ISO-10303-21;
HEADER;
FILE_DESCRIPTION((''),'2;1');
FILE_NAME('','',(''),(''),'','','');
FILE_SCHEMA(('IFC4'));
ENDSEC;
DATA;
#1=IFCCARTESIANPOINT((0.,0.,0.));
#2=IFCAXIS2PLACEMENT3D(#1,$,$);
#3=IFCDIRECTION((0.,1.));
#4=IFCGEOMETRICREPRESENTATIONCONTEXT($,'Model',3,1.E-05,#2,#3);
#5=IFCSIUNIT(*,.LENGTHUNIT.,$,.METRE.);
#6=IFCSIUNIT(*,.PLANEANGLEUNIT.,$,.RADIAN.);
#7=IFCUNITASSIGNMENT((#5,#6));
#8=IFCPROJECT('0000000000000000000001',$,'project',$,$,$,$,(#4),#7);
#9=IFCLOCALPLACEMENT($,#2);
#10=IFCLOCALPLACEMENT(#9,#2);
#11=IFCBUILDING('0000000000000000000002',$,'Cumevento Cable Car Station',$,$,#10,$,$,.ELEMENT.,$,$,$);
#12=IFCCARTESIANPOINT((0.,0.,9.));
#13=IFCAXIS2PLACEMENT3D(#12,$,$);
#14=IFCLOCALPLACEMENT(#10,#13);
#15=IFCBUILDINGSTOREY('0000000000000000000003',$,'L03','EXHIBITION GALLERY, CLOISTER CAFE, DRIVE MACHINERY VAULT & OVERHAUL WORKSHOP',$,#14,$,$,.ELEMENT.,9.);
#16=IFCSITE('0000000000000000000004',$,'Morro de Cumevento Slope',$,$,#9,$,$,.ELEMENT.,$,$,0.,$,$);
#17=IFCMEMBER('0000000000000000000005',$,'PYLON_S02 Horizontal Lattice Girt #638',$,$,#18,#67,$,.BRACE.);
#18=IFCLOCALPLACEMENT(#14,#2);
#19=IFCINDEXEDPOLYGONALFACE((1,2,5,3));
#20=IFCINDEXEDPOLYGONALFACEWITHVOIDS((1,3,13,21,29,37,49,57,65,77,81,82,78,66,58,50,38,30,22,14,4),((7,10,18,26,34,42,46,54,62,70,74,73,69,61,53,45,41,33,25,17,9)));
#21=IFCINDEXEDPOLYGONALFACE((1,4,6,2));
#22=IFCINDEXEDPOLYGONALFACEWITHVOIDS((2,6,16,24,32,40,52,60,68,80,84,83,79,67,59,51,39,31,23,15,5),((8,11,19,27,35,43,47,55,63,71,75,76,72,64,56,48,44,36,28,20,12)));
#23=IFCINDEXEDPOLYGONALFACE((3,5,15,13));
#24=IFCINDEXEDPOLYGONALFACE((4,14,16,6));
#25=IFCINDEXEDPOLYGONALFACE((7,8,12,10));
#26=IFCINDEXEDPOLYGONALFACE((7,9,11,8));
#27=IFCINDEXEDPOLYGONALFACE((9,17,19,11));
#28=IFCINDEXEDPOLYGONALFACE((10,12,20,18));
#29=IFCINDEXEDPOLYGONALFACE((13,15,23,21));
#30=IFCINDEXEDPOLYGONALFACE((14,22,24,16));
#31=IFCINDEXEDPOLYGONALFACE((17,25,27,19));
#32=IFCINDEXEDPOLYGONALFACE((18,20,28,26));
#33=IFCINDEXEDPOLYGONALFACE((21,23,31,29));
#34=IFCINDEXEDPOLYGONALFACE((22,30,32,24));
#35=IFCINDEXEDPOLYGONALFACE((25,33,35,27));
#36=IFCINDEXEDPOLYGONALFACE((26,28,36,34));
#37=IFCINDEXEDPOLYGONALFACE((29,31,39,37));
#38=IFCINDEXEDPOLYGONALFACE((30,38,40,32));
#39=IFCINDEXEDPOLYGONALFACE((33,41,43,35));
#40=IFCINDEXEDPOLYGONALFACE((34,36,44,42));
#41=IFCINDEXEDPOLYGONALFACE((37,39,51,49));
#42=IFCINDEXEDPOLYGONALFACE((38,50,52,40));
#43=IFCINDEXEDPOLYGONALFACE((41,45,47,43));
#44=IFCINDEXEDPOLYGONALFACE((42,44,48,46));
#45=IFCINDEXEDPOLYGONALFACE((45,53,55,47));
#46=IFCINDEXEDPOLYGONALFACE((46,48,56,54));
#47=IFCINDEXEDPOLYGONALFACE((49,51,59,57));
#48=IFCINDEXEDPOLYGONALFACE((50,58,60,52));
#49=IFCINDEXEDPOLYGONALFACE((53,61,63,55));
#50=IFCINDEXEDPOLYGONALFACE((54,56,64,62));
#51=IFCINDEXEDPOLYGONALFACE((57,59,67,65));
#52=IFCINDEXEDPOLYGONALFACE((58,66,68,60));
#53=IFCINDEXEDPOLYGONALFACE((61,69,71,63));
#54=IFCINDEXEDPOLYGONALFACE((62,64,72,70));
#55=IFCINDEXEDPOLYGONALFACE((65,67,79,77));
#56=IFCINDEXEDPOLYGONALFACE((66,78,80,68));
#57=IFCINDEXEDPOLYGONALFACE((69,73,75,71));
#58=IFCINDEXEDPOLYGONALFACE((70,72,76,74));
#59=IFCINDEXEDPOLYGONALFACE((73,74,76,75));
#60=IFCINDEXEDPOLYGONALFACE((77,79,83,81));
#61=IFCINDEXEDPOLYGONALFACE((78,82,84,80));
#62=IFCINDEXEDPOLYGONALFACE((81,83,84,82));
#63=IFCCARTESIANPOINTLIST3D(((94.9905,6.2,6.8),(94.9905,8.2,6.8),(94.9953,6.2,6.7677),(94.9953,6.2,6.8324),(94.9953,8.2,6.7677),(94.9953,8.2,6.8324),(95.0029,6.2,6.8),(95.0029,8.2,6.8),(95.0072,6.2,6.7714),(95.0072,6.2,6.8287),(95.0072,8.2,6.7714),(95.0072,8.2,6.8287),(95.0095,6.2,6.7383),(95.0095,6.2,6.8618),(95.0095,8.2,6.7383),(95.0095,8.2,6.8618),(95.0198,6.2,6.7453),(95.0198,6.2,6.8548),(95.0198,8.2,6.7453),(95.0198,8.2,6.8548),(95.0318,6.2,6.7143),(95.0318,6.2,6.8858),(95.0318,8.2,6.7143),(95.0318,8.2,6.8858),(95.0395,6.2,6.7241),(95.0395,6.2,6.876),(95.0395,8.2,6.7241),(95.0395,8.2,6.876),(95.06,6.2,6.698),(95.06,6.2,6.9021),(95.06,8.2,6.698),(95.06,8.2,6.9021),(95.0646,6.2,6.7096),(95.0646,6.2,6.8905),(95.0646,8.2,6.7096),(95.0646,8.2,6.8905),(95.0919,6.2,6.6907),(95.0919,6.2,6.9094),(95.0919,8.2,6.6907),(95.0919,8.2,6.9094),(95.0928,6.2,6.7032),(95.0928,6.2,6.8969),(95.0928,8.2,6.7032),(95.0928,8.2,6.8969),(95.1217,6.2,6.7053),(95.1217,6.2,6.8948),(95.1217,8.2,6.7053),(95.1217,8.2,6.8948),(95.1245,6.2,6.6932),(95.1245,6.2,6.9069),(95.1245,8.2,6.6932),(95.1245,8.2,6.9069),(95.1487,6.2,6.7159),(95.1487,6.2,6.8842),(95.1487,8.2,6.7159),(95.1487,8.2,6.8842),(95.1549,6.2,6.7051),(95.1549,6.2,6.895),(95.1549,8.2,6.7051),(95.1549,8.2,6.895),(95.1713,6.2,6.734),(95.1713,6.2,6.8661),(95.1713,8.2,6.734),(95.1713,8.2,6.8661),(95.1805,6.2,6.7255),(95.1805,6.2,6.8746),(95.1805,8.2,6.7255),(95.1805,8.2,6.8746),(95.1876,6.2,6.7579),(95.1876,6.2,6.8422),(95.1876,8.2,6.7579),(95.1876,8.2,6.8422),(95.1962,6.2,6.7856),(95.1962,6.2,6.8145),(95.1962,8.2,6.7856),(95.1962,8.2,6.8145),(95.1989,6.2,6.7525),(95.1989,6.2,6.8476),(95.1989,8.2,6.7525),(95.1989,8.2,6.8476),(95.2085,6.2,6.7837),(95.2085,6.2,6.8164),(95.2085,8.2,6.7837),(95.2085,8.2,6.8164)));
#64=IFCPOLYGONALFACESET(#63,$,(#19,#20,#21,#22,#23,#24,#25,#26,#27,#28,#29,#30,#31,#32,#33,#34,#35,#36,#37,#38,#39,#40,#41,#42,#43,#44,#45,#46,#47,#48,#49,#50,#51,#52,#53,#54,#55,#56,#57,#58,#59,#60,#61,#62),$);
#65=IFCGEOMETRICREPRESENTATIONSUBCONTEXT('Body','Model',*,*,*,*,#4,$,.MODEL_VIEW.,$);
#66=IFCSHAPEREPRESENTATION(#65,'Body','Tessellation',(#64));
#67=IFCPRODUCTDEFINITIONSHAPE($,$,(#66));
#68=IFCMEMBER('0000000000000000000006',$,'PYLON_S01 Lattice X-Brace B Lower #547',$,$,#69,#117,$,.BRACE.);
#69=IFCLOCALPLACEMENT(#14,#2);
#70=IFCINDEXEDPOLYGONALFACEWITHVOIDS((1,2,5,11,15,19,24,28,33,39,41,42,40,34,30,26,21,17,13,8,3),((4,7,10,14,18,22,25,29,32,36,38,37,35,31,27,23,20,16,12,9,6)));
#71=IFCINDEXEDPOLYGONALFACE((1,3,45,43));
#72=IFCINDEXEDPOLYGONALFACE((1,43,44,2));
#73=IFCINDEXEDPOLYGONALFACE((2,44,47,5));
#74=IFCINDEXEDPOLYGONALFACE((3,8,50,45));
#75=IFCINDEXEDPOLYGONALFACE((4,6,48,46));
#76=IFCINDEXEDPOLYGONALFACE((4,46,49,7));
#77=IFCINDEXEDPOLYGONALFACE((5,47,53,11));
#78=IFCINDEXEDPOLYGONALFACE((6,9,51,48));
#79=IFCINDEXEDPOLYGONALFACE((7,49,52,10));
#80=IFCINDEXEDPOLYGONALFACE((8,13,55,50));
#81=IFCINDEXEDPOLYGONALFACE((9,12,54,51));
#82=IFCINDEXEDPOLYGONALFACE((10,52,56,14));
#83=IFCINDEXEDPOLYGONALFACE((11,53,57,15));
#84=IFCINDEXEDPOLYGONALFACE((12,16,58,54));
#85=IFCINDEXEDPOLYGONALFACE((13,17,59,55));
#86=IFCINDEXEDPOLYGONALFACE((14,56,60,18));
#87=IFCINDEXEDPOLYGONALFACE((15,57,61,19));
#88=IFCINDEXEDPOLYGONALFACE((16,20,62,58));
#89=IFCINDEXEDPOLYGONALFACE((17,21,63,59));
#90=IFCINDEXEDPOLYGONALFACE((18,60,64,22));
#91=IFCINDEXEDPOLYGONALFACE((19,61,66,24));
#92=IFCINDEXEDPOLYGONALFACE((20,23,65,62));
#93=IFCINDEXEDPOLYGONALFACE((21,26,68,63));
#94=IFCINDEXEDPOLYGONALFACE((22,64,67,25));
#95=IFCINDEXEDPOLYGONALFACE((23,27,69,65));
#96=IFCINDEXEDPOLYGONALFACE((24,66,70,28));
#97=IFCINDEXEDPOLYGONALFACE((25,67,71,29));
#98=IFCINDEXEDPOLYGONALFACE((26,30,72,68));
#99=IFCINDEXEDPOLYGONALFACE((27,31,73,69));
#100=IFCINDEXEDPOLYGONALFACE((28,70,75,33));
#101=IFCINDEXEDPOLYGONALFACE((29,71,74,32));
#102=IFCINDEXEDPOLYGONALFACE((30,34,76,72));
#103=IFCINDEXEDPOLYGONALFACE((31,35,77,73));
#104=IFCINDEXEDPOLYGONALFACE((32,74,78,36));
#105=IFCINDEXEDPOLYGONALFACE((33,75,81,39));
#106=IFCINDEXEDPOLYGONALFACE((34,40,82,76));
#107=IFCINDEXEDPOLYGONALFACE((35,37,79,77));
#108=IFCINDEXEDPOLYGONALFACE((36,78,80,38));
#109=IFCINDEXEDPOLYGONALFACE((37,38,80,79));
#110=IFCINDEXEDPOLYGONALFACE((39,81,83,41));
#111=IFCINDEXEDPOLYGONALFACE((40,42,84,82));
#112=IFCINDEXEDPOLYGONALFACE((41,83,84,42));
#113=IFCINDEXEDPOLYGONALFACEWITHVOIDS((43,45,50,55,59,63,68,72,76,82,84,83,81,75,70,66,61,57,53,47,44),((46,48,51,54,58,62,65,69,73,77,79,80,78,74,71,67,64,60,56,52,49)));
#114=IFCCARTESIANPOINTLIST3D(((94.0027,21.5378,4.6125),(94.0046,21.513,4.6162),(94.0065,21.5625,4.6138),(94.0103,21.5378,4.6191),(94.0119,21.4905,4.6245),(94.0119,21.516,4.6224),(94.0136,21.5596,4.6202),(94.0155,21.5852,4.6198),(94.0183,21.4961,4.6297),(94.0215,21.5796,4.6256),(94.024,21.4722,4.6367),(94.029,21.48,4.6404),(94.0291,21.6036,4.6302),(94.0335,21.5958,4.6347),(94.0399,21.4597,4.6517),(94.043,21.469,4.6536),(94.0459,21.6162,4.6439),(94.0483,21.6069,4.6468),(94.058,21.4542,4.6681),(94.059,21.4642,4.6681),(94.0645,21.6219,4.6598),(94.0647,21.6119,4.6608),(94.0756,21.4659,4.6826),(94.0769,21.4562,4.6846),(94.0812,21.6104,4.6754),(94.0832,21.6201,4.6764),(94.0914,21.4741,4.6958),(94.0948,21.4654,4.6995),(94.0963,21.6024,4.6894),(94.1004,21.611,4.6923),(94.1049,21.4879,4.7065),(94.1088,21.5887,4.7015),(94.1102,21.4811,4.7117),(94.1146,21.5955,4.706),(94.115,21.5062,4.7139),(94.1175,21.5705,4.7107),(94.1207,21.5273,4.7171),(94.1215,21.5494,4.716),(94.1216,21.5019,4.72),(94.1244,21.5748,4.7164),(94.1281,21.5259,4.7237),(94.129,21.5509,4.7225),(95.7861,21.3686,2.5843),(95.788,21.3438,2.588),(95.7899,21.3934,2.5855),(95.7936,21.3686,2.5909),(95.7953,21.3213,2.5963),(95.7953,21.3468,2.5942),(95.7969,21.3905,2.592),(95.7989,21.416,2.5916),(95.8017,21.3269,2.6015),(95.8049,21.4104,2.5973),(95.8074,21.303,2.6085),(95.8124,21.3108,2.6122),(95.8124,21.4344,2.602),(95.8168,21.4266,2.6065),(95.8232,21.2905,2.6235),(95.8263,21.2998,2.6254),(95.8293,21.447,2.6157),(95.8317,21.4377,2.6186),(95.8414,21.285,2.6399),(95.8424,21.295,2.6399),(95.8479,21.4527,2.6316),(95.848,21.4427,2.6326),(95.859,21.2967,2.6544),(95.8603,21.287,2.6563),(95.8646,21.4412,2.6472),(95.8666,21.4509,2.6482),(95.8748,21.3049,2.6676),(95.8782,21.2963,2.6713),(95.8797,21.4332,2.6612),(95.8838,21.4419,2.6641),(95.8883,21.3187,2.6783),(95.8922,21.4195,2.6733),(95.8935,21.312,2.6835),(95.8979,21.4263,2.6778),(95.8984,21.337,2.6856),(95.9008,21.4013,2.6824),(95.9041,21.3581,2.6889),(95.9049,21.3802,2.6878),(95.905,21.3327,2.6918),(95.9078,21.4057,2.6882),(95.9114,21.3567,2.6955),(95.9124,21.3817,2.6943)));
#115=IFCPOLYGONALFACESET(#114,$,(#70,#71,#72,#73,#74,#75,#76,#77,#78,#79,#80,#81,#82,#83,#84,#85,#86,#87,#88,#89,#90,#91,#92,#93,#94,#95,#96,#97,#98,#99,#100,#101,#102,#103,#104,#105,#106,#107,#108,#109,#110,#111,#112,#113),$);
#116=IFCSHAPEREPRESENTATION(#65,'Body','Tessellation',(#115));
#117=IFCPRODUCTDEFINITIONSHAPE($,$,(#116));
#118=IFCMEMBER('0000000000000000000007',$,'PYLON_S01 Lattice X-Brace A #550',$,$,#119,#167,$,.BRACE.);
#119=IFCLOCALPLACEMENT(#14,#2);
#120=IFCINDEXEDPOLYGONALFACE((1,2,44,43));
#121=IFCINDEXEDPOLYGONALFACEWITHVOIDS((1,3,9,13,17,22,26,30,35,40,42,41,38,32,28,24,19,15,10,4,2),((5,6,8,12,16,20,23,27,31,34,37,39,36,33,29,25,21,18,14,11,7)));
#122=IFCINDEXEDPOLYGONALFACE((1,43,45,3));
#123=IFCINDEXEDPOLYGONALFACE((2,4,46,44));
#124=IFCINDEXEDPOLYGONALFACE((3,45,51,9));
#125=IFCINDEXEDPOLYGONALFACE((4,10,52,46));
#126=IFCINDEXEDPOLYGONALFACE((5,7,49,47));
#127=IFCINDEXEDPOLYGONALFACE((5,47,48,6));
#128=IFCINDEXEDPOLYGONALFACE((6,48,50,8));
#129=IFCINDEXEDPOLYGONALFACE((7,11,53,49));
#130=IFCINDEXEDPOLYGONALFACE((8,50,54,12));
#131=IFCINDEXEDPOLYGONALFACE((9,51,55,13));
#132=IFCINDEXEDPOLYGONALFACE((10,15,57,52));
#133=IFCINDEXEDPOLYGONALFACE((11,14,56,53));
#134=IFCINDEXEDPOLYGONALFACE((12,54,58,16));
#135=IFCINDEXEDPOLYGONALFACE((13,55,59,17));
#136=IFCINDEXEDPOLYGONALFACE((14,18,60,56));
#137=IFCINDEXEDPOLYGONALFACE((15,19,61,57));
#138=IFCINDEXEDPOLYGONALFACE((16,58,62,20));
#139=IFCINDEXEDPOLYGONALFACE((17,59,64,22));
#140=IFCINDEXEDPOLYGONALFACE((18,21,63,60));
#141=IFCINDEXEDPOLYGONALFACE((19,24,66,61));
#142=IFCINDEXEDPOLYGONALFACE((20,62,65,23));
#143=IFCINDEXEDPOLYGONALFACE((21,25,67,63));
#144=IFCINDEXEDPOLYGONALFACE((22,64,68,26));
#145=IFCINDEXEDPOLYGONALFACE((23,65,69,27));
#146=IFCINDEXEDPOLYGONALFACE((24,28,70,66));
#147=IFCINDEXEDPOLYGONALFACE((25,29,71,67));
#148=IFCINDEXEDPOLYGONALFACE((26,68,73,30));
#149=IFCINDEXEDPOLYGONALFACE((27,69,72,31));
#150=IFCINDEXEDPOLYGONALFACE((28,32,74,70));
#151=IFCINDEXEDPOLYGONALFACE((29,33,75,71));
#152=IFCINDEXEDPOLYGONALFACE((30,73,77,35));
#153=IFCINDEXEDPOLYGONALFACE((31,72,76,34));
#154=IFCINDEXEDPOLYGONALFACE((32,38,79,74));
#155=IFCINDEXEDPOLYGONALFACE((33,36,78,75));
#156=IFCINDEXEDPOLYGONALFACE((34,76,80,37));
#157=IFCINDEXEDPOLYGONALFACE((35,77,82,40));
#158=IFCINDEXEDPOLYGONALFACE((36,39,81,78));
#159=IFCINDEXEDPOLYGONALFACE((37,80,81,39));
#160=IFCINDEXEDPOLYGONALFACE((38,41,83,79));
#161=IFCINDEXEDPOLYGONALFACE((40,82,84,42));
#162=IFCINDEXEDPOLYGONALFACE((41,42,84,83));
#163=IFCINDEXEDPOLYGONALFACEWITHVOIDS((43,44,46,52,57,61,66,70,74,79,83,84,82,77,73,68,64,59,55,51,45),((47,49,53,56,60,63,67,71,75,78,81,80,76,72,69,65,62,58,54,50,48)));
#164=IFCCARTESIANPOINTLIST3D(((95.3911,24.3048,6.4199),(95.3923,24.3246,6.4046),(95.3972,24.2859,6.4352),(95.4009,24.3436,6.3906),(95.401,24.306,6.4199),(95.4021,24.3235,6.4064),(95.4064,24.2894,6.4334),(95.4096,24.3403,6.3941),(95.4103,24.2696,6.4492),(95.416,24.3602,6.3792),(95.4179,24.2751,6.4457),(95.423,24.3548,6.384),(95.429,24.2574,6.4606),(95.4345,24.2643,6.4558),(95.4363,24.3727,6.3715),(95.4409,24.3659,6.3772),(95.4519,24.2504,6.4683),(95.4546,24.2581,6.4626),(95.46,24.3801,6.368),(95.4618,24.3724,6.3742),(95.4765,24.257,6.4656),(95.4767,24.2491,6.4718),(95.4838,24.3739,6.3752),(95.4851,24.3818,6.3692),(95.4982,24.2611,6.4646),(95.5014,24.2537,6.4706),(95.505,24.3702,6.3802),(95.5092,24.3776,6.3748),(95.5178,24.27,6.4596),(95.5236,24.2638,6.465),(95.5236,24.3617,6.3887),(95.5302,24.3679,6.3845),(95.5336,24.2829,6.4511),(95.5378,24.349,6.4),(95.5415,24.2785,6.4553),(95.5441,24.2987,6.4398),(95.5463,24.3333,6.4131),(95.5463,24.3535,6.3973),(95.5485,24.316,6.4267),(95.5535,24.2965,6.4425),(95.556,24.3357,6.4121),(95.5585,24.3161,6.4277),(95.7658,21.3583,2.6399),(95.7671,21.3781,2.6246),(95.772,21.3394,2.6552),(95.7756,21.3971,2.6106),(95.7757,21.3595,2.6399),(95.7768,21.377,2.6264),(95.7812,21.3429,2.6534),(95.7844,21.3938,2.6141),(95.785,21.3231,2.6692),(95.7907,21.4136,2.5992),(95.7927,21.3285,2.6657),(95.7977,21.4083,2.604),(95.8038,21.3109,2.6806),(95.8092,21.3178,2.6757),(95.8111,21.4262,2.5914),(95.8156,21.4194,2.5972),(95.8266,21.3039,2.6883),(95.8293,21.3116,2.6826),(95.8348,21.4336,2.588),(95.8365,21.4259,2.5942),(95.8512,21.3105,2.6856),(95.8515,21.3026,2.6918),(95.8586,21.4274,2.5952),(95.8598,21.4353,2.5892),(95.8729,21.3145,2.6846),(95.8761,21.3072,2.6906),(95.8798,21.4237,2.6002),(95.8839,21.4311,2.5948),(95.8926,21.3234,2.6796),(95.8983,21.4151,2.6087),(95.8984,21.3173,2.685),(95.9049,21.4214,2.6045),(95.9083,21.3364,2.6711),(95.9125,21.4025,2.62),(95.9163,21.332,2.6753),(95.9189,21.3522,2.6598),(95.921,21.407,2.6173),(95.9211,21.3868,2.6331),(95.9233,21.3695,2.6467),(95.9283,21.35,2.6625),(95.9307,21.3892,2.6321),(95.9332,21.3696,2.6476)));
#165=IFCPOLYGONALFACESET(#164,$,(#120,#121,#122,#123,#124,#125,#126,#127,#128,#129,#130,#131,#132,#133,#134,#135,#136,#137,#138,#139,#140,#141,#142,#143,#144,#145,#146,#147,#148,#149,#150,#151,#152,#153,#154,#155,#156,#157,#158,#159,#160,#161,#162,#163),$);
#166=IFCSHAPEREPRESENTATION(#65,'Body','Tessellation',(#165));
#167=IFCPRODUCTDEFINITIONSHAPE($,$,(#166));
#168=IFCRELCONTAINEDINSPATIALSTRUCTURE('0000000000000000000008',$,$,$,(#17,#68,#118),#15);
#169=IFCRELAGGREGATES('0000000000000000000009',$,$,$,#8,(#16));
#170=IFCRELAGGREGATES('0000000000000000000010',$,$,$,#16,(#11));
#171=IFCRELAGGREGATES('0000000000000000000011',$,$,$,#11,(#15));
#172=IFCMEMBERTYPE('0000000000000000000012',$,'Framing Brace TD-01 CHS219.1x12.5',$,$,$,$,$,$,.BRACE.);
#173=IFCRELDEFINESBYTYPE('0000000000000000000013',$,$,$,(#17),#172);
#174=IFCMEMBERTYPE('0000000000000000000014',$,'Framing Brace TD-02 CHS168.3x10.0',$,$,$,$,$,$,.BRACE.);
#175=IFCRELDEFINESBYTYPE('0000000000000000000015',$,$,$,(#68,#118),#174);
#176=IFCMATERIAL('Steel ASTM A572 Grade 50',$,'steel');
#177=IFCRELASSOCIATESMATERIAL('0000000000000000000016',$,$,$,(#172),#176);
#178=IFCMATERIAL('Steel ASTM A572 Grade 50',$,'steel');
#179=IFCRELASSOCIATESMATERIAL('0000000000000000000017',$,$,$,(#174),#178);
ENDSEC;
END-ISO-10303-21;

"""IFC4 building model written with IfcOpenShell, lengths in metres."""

from ifc_helpers import new_model, si_unit, direction, frame, origin, origin_2d, place, context, subcontext, project, spatial, hollow_circle, extrude, material, material_profile, profile_set, type_object, element, save


model = new_model("IFC4")

# Units and contexts
model_context = context("Model", 3, precision=1e-05, world=origin(), true_north=direction((0.0, 1.0)))
body_context = subcontext(model_context, "Body", "Model", "MODEL_VIEW")
ifc_project = project(units=[si_unit("LENGTHUNIT", "METRE"), si_unit("PLANEANGLEUNIT", "RADIAN")], contexts=[model_context])

# Site, building, storey
site_placement = place(None, origin())
site = spatial("IfcSite", under=ifc_project, at=site_placement, Name="Morro de Cumevento Slope", CompositionType="ELEMENT", RefElevation=0.0)
building_placement = place(site_placement, origin())
building = spatial("IfcBuilding", under=site, at=building_placement, Name="Cumevento Cable Car Station", CompositionType="ELEMENT")
storey_placement = place(building_placement, frame((0.0, 0.0, 9.0)))
storey = spatial("IfcBuildingStorey", under=building, at=storey_placement, Name="L03", Description="EXHIBITION GALLERY, CLOISTER CAFE, DRIVE MACHINERY VAULT & OVERHAUL WORKSHOP", CompositionType="ELEMENT", Elevation=9.0)

# Members
ifc_material_1 = material(Name="Steel ASTM A572 Grade 50", Category="steel")
ifc_material_profile_1 = material_profile(ifc_material_1, hollow_circle(Radius=0.1096, WallThickness=0.0125, at=origin_2d()), Name="CHS219.1x12.5")
ifc_profile_set_1 = profile_set([ifc_material_profile_1], Name="Steel ASTM A572 Grade 50")
member_type_1 = type_object("IfcMemberType", Name="Framing Brace TD-01 CHS219.1x12.5", PredefinedType="BRACE", material=ifc_profile_set_1)
member_1_placement = place(storey_placement, frame((95.1001, 6.2, 6.8), z_axis=(0.0, 1.0, 0.0), x_axis=(-1.0, 0.0, 0.0)))
element("IfcMember", 1, at=member_1_placement, inside=storey, type_object=member_type_1, Name="PYLON_S02 Horizontal Lattice Girt #638", PredefinedType="BRACE", context=body_context, shape_type="SweptSolid", body=[
    extrude(hollow_circle(Radius=0.1096, WallThickness=0.0125, at=origin_2d()), origin(), (0.0, 0.0, 1.0), 2.0),
])
ifc_material_2 = material(Name="Steel ASTM A572 Grade 50", Category="steel")
ifc_material_profile_2 = material_profile(ifc_material_2, hollow_circle(Radius=0.0842, WallThickness=0.01, at=origin_2d()), Name="CHS168.3x10.0")
ifc_profile_set_2 = profile_set([ifc_material_profile_2], Name="Steel ASTM A572 Grade 50")
member_type_2 = type_object("IfcMemberType", Name="Framing Brace TD-02 CHS168.3x10.0", PredefinedType="BRACE", material=ifc_profile_set_2)
member_2_placement = place(storey_placement, frame((95.8494, 21.3689, 2.6399), z_axis=(-0.659028, 0.06252, 0.749515), x_axis=(-0.094443, -0.99553, 0.0)))
element("IfcMember", 2, at=member_2_placement, inside=storey, type_object=member_type_2, Name="PYLON_S01 Lattice X-Brace B Lower #547", PredefinedType="BRACE", context=body_context, shape_type="SweptSolid", body=[
    extrude(hollow_circle(Radius=0.0842, WallThickness=0.01, at=origin_2d()), origin(), (0.0, 0.0, 1.0), 2.7061),
])
member_3_placement = place(storey_placement, frame((95.8494, 21.3689, 2.6399), z_axis=(-0.077954, 0.612916, 0.786293), x_axis=(-0.992009, -0.126169, 0.0)))
element("IfcMember", 3, at=member_3_placement, inside=storey, type_object=member_type_2, Name="PYLON_S01 Lattice X-Brace A #550", PredefinedType="BRACE", context=body_context, shape_type="SweptSolid", body=[
    extrude(hollow_circle(Radius=0.0842, WallThickness=0.01, at=origin_2d()), origin(), (0.0, 0.0, 1.0), 4.8074),
])

save(model, "model.ifc")
